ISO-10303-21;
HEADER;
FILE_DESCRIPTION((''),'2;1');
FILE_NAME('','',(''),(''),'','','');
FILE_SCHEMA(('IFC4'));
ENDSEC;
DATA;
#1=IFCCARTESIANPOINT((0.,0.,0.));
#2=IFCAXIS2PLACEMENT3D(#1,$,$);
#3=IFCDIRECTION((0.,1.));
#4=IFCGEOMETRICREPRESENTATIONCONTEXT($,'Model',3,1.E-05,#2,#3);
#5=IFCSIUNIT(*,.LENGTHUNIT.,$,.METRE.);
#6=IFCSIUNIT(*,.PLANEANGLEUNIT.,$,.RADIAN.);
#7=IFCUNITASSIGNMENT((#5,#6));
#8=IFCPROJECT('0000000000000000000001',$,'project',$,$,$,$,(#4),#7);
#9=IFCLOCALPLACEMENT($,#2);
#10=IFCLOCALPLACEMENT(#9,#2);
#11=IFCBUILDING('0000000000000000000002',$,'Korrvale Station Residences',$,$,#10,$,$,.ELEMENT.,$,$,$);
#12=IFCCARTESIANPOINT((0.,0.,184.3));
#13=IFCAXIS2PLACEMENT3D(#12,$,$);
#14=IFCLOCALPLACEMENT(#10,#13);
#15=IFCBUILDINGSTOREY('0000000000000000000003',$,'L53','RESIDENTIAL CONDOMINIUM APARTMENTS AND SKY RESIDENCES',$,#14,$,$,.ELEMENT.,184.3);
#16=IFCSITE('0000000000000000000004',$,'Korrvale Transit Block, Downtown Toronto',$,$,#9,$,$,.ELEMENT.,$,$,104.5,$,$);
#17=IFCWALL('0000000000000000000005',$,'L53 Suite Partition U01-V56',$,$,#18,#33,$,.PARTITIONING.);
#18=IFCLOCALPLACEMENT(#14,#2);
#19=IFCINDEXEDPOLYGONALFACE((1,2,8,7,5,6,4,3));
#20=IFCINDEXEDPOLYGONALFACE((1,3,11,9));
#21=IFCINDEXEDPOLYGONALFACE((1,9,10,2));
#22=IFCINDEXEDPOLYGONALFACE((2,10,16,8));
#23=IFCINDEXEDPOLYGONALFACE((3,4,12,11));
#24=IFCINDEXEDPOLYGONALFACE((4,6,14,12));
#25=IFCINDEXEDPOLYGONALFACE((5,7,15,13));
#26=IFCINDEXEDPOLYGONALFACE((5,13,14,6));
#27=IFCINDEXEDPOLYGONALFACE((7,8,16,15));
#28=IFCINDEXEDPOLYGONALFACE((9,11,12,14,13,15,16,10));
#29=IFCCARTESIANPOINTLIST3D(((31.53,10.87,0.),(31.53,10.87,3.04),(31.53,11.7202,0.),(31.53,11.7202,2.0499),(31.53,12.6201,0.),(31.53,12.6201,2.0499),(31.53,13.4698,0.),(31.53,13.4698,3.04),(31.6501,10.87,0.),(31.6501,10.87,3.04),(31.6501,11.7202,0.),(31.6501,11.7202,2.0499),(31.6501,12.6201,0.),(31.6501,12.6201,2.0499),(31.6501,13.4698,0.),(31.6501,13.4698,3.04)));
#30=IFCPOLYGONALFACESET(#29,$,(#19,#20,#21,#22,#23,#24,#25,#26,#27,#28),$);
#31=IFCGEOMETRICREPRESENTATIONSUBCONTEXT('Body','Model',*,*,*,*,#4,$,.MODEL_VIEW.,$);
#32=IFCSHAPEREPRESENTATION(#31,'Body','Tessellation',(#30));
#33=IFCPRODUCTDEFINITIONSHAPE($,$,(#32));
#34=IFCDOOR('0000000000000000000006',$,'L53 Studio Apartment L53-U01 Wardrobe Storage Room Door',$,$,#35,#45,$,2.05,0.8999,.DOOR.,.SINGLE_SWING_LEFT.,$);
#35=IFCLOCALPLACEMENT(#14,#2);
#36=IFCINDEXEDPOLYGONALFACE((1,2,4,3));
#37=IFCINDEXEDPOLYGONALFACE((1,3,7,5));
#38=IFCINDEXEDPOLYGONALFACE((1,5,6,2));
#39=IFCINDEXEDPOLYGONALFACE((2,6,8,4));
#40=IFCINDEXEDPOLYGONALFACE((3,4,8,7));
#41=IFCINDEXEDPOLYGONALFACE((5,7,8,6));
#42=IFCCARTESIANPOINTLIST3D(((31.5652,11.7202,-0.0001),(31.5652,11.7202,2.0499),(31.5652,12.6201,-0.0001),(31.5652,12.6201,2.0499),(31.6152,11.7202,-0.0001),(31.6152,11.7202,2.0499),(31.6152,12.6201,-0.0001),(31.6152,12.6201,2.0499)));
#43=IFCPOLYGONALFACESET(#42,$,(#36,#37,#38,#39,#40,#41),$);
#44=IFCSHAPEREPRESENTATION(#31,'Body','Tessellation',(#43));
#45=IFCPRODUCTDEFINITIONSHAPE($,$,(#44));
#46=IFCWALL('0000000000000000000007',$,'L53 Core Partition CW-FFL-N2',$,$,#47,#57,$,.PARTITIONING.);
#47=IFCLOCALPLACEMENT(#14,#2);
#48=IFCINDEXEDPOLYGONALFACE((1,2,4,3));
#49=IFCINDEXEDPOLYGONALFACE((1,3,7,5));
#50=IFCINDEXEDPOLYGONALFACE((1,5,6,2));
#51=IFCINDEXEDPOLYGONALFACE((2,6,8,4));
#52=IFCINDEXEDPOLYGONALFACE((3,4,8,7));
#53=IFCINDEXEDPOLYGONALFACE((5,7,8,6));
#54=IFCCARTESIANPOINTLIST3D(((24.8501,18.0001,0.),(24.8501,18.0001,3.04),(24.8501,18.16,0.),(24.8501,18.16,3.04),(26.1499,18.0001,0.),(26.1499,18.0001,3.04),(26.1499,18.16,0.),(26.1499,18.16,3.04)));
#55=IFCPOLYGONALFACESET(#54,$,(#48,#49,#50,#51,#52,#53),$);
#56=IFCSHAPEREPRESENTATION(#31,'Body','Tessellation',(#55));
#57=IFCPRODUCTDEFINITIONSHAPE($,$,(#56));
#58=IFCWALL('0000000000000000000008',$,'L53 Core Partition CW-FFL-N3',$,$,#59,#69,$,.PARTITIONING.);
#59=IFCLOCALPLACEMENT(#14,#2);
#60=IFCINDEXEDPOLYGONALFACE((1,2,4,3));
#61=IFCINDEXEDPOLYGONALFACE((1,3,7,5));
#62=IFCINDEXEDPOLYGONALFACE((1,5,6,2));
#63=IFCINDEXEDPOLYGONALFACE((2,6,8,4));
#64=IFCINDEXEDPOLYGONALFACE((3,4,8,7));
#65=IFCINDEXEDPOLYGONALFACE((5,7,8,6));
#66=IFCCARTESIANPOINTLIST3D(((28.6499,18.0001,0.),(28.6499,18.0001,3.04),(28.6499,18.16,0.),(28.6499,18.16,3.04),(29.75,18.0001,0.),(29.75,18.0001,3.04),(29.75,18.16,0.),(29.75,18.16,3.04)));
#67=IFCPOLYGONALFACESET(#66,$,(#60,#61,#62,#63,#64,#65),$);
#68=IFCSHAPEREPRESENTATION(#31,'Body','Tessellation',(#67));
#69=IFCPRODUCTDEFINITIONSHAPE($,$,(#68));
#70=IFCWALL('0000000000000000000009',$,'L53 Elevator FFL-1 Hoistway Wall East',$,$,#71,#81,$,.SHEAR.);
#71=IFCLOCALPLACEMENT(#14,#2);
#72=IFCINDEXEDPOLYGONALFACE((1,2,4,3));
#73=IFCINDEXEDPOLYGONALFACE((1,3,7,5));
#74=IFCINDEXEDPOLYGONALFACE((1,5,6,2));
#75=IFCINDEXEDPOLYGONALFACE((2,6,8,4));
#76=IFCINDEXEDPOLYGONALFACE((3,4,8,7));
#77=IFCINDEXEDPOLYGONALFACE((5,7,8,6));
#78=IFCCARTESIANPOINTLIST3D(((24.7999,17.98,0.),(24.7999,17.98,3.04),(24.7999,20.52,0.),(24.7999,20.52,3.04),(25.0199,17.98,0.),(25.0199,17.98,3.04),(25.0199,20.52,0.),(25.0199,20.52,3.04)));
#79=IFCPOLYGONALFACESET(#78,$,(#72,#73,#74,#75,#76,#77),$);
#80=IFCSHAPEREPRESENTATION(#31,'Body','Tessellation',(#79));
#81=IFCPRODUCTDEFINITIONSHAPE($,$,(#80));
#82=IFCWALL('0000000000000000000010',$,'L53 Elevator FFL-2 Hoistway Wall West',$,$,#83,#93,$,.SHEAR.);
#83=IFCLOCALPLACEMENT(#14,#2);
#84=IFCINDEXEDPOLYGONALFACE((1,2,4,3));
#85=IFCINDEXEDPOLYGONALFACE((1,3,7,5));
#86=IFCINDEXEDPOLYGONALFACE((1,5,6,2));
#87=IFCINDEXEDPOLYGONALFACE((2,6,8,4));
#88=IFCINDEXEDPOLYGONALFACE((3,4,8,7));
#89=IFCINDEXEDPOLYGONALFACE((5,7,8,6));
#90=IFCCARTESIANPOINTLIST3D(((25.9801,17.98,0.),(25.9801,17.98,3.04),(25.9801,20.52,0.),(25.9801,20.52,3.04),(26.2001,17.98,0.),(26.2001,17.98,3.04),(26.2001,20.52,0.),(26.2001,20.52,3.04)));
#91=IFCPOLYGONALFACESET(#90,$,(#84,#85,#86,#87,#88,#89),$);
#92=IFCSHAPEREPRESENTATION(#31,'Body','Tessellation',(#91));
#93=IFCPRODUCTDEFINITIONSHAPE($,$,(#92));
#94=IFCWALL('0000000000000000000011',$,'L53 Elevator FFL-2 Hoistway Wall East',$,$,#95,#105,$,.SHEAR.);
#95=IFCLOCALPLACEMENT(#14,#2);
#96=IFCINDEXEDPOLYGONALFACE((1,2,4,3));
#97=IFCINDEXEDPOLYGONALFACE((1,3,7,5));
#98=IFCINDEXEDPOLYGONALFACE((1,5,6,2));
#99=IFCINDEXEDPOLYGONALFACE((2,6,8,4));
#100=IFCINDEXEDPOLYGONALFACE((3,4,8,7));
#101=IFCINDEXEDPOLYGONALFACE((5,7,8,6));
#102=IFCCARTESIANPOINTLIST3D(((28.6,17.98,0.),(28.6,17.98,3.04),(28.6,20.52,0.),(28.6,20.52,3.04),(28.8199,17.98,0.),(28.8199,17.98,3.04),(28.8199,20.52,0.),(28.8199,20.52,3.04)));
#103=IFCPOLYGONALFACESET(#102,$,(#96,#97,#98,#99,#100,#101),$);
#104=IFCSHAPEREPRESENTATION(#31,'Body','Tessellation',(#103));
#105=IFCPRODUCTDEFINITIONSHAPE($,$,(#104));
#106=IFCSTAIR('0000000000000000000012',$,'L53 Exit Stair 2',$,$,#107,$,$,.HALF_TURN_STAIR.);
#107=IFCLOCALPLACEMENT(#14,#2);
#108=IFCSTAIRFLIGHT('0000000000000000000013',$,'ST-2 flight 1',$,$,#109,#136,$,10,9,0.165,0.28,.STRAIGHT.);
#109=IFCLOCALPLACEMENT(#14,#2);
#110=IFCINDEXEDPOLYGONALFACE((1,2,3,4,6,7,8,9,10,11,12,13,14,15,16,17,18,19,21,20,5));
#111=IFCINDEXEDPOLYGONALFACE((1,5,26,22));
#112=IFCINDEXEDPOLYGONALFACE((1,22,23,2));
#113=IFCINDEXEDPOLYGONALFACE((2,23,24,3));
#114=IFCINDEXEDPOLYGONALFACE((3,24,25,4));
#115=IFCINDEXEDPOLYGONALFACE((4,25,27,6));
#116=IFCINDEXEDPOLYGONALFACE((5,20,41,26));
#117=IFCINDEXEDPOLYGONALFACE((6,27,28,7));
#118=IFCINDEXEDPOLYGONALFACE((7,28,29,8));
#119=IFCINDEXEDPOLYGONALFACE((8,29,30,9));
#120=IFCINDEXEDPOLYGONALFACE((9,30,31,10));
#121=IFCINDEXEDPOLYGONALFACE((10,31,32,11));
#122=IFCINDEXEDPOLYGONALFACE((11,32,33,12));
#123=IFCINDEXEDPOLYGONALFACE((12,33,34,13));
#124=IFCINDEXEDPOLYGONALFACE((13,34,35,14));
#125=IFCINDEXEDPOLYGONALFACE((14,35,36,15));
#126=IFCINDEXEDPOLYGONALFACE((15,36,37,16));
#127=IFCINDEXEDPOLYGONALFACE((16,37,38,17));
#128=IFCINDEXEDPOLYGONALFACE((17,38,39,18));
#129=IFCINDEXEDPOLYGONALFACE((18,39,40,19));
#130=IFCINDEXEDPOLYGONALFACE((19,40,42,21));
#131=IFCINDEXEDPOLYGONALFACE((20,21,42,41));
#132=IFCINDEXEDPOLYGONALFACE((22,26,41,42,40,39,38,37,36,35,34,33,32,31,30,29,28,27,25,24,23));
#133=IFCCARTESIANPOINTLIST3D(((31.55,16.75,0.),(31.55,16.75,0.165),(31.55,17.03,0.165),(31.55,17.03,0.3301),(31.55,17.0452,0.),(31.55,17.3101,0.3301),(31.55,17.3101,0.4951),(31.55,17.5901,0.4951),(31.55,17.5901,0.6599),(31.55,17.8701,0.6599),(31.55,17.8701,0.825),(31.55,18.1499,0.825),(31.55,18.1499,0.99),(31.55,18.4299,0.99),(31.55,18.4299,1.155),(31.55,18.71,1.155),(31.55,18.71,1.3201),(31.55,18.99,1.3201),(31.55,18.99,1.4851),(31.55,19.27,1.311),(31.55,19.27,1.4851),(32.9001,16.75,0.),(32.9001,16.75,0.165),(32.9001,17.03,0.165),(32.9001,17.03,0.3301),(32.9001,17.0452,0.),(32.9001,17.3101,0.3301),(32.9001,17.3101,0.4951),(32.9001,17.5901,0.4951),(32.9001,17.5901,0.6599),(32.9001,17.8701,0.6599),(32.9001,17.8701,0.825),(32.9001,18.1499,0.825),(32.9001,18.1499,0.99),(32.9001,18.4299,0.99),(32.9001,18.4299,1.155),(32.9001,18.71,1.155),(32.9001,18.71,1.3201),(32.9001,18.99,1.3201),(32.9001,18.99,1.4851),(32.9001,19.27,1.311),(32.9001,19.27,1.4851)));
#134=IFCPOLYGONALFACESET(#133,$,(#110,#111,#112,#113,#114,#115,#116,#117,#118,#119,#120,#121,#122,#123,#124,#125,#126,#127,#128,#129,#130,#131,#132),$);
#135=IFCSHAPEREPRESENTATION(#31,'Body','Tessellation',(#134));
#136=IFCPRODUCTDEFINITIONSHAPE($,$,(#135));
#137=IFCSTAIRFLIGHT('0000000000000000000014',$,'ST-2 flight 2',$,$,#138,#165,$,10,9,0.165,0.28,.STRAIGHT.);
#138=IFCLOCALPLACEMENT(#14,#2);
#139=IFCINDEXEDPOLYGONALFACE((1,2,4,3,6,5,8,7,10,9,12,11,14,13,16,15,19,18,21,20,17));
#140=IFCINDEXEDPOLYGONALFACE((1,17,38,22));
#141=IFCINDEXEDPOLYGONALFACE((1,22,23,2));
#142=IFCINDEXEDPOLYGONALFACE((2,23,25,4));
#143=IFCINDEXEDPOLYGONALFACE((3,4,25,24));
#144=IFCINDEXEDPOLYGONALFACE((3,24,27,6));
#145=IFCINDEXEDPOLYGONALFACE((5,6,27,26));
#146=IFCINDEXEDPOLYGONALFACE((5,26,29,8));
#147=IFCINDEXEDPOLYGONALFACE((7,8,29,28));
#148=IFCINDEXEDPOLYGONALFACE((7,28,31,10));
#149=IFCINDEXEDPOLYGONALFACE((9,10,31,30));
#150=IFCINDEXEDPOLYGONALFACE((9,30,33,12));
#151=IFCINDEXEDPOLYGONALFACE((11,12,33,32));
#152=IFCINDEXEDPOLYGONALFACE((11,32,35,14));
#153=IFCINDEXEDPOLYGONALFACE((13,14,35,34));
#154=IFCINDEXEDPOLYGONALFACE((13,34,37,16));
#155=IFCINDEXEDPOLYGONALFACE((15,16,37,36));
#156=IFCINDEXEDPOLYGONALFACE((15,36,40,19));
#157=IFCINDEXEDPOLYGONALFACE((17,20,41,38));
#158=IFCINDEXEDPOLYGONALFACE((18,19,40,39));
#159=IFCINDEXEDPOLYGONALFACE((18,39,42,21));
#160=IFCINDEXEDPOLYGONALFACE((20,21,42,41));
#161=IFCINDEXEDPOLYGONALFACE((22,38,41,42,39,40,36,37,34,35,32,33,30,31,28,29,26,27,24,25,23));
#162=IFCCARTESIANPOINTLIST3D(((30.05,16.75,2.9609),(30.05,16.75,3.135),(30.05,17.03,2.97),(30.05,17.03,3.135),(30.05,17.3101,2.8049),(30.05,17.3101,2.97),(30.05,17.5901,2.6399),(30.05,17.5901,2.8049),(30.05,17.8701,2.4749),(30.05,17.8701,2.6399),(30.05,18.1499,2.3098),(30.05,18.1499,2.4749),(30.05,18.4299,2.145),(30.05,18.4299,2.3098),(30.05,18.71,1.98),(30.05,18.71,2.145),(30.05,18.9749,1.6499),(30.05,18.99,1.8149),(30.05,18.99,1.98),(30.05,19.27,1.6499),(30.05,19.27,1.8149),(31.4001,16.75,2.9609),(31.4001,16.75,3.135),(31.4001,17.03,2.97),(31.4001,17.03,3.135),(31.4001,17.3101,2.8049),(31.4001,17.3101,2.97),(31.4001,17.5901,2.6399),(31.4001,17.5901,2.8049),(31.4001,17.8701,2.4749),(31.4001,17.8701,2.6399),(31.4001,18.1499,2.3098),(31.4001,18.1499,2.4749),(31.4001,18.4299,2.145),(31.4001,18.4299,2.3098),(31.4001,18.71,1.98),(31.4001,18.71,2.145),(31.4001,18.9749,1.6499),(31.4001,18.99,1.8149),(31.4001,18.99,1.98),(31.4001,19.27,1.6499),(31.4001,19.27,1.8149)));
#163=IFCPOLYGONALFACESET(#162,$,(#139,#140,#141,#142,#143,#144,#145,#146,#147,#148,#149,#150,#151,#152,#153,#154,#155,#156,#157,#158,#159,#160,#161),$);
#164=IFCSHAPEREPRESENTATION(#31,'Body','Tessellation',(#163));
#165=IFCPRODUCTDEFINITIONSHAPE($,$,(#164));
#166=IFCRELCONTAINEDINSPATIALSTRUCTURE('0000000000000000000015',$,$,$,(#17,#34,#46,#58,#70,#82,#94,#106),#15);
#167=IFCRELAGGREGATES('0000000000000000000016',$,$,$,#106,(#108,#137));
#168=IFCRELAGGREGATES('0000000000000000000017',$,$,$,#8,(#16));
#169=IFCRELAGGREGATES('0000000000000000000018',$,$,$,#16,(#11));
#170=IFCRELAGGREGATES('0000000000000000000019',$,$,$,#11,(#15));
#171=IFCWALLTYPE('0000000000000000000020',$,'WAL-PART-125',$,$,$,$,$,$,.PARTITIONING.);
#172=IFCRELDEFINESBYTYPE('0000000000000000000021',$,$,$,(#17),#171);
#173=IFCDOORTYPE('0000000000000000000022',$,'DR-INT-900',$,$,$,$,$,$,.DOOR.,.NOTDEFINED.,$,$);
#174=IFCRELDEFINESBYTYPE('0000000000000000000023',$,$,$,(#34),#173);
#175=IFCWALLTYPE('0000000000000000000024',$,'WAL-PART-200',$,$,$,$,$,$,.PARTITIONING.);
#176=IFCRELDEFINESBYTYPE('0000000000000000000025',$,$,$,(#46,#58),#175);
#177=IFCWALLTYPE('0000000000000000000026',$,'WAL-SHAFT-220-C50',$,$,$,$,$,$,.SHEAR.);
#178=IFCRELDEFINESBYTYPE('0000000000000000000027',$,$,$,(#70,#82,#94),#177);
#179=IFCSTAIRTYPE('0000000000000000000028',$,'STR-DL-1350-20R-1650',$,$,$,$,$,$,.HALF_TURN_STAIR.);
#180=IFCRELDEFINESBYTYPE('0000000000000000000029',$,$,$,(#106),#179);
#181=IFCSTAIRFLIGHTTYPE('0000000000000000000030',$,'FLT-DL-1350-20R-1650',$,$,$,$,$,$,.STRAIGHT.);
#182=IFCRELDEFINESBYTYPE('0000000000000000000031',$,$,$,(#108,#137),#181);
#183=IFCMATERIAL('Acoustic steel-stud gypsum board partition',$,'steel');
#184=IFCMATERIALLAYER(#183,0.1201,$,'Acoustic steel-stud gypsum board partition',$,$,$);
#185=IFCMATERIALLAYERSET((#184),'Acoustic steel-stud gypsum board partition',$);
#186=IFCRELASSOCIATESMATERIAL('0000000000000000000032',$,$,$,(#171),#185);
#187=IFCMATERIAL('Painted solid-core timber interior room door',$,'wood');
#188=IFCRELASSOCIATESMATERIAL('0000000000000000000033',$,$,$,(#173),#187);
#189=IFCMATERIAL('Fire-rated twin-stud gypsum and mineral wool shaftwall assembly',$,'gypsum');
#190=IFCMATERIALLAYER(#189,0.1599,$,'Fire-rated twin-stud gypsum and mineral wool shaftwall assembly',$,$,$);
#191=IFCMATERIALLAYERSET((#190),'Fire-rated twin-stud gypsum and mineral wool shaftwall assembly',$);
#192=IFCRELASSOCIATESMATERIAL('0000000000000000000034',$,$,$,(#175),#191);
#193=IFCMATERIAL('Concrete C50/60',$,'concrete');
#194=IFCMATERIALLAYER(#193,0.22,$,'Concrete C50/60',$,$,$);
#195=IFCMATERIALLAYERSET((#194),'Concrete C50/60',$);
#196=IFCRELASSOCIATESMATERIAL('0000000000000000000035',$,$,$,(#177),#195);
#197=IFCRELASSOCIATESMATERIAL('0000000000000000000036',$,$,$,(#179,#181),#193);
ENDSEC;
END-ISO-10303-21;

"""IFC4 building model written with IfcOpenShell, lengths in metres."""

from ifc_helpers import new_model, si_unit, direction, frame, frame_2d, origin, place, context, subcontext, project, spatial, polyline, rectangle, outline, extrude, material, layer, layer_set, type_object, element, fill, aggregate, save


model = new_model("IFC4")

# Units and contexts
model_context = context("Model", 3, precision=1e-05, world=origin(), true_north=direction((0.0, 1.0)))
body_context = subcontext(model_context, "Body", "Model", "MODEL_VIEW")
ifc_project = project(units=[si_unit("LENGTHUNIT", "METRE"), si_unit("PLANEANGLEUNIT", "RADIAN")], contexts=[model_context])

# Site, building, storey
site_placement = place(None, origin())
site = spatial("IfcSite", under=ifc_project, at=site_placement, Name="Korrvale Transit Block, Downtown Toronto", CompositionType="ELEMENT", RefElevation=104.5)
building_placement = place(site_placement, origin())
building = spatial("IfcBuilding", under=site, at=building_placement, Name="Korrvale Station Residences", CompositionType="ELEMENT")
storey_placement = place(building_placement, frame((0.0, 0.0, 184.3)))
storey = spatial("IfcBuildingStorey", under=building, at=storey_placement, Name="L53", Description="RESIDENTIAL CONDOMINIUM APARTMENTS AND SKY RESIDENCES", CompositionType="ELEMENT", Elevation=184.3)

# Shared definitions
ifc_material_1 = material(Name="Concrete C50/60", Category="concrete")

# Wall, opening, door
ifc_material_2 = material(Name="Acoustic steel-stud gypsum board partition", Category="steel")
ifc_layer_1 = layer(ifc_material_2, 0.1201, Name="Acoustic steel-stud gypsum board partition")
ifc_layer_set_1 = layer_set([ifc_layer_1], Name="Acoustic steel-stud gypsum board partition")
wall_type_1 = type_object("IfcWallType", Name="WAL-PART-125", PredefinedType="PARTITIONING", material=ifc_layer_set_1)
ifc_material_3 = material(Name="Painted solid-core timber interior room door", Category="wood")
door_type_1 = type_object("IfcDoorType", Name="DR-INT-900", OperationType="NOTDEFINED", PredefinedType="DOOR", material=ifc_material_3)
wall_1_placement = place(storey_placement, frame((31.5901, 10.8701, 0.0), z_axis=(0.0, 0.0, 1.0), x_axis=(0.0, 1.0, 0.0)))
wall_1 = element("IfcWall", 1, at=wall_1_placement, inside=storey, type_object=wall_type_1, Name="L53 Suite Partition U01-V56", PredefinedType="PARTITIONING", context=body_context, shape_type="SweptSolid", body=[
    extrude(rectangle(XDim=2.5999, YDim=0.1201, at=frame_2d((1.2998, 0.0))), origin(), (0.0, 0.0, 1.0), 3.04),
])
opening_1_placement = place(wall_1_placement, frame((0.8501, 0.0, 0.0)))
opening_1 = element("IfcOpeningElement", 2, at=opening_1_placement, cuts=wall_1, PredefinedType="OPENING", context=body_context, shape_type="SweptSolid", body=[
    extrude(rectangle(XDim=0.8999, YDim=2.05, at=frame_2d((0.45, 1.0249))), frame((0.0, 0.0701, 0.0), z_axis=(0.0, -1.0, 0.0), x_axis=(1.0, 0.0, 0.0)), (0.0, 0.0, 1.0), 0.1401),
])
door_1_placement = place(opening_1_placement, origin())
door_1 = element("IfcDoor", 3, at=door_1_placement, inside=storey, type_object=door_type_1, Name="L53 Studio Apartment L53-U01 Wardrobe Storage Room Door", OperationType="SINGLE_SWING_LEFT", OverallHeight=2.05, OverallWidth=0.8999, PredefinedType="DOOR", context=body_context, shape_type="SweptSolid", body=[
    extrude(rectangle(XDim=0.8999, YDim=2.05, at=frame_2d((0.45, 1.0249))), frame((0.0, 0.0249, 0.0), z_axis=(0.0, -1.0, 0.0), x_axis=(1.0, 0.0, 0.0)), (0.0, 0.0, 1.0), 0.05),
])
fill(opening_1, door_1)

# Walls
ifc_material_4 = material(Name="Fire-rated twin-stud gypsum and mineral wool shaftwall assembly", Category="gypsum")
ifc_layer_2 = layer(ifc_material_4, 0.1599, Name="Fire-rated twin-stud gypsum and mineral wool shaftwall assembly")
ifc_layer_set_2 = layer_set([ifc_layer_2], Name="Fire-rated twin-stud gypsum and mineral wool shaftwall assembly")
wall_type_2 = type_object("IfcWallType", Name="WAL-PART-200", PredefinedType="PARTITIONING", material=ifc_layer_set_2)
wall_2_placement = place(storey_placement, frame((24.8501, 18.0801, 0.0), z_axis=(0.0, 0.0, 1.0), x_axis=(1.0, 0.0, 0.0)))
element("IfcWall", 4, at=wall_2_placement, inside=storey, type_object=wall_type_2, Name="L53 Core Partition CW-FFL-N2", PredefinedType="PARTITIONING", context=body_context, shape_type="SweptSolid", body=[
    extrude(rectangle(XDim=1.2998, YDim=0.1599, at=frame_2d((0.6499, 0.0))), origin(), (0.0, 0.0, 1.0), 3.04),
])
wall_3_placement = place(storey_placement, frame((28.6499, 18.0801, 0.0), z_axis=(0.0, 0.0, 1.0), x_axis=(1.0, 0.0, 0.0)))
element("IfcWall", 5, at=wall_3_placement, inside=storey, type_object=wall_type_2, Name="L53 Core Partition CW-FFL-N3", PredefinedType="PARTITIONING", context=body_context, shape_type="SweptSolid", body=[
    extrude(rectangle(XDim=1.1001, YDim=0.1599, at=frame_2d((0.55, 0.0))), origin(), (0.0, 0.0, 1.0), 3.04),
])
ifc_layer_3 = layer(ifc_material_1, 0.22, Name="Concrete C50/60")
ifc_layer_set_3 = layer_set([ifc_layer_3], Name="Concrete C50/60")
wall_type_3 = type_object("IfcWallType", Name="WAL-SHAFT-220-C50", PredefinedType="SHEAR", material=ifc_layer_set_3)
wall_4_placement = place(storey_placement, frame((24.9099, 17.98, 0.0), z_axis=(0.0, 0.0, 1.0), x_axis=(0.0, 1.0, 0.0)))
element("IfcWall", 6, at=wall_4_placement, inside=storey, type_object=wall_type_3, Name="L53 Elevator FFL-1 Hoistway Wall East", PredefinedType="SHEAR", context=body_context, shape_type="SweptSolid", body=[
    extrude(rectangle(XDim=2.54, YDim=0.22, at=frame_2d((1.27, 0.0))), origin(), (0.0, 0.0, 1.0), 3.04),
])

# Walls
for number, where, z_axis, x_axis, name in (
    (7, (26.0901, 17.98, 0.0), (0.0, 0.0, 1.0), (0.0, 1.0, 0.0), "L53 Elevator FFL-2 Hoistway Wall West"),
    (8, (28.71, 17.98, 0.0), (0.0, 0.0, 1.0), (0.0, 1.0, 0.0), "L53 Elevator FFL-2 Hoistway Wall East"),
):
    element("IfcWall", number, at=place(storey_placement, frame(where, z_axis=z_axis, x_axis=x_axis)), inside=storey, type_object=wall_type_3, Name=name, PredefinedType="SHEAR", context=body_context, shape_type="SweptSolid", body=[
        extrude(rectangle(XDim=2.54, YDim=0.22, at=frame_2d((1.27, 0.0))), origin(), (0.0, 0.0, 1.0), 3.04),
    ])

# Stair, stair flights
stair_type = type_object("IfcStairType", Name="STR-DL-1350-20R-1650", PredefinedType="HALF_TURN_STAIR", material=ifc_material_1)
stair_placement = place(storey_placement, origin())
stair = element("IfcStair", 9, at=stair_placement, inside=storey, type_object=stair_type, Name="L53 Exit Stair 2", PredefinedType="HALF_TURN_STAIR")
stair_flight_type = type_object("IfcStairFlightType", Name="FLT-DL-1350-20R-1650", PredefinedType="STRAIGHT", material=ifc_material_1)
stair_flight_1_placement = place(storey_placement, frame((32.2251, 16.75, 0.0), z_axis=(0.0, 0.0, 1.0), x_axis=(0.0, 1.0, 0.0)))
stair_flight_1 = element("IfcStairFlight", 10, at=stair_flight_1_placement, type_object=stair_flight_type, Name="ST-2 flight 1", NumberOfRisers=10, NumberOfTreads=9, PredefinedType="STRAIGHT", RiserHeight=0.165, TreadLength=0.28, context=body_context, shape_type="SweptSolid", body=[
    extrude(outline(polyline([(0.0, 0.0), (0.0, 0.165), (0.28, 0.165), (0.28, 0.3301), (0.5601, 0.3301), (0.5601, 0.4951), (0.8401, 0.4951), (0.8401, 0.6599), (1.1201, 0.6599), (1.1201, 0.825), (1.3999, 0.825), (1.3999, 0.99), (1.6799, 0.99), (1.6799, 1.155), (1.96, 1.155), (1.96, 1.3201), (2.24, 1.3201), (2.24, 1.4851), (2.52, 1.4851), (2.52, 1.6499), (2.52, 1.311), (0.2952, 0.0), (0.0, 0.0)])), frame((0.0, 0.675, 0.0), z_axis=(0.0, -1.0, 0.0), x_axis=(1.0, 0.0, 0.0)), (0.0, 0.0, 1.0), 1.3501),
])
stair_flight_2_placement = place(storey_placement, frame((30.7251, 19.27, 1.6499), z_axis=(0.0, 0.0, 1.0), x_axis=(0.0, -1.0, 0.0)))
stair_flight_2 = element("IfcStairFlight", 11, at=stair_flight_2_placement, type_object=stair_flight_type, Name="ST-2 flight 2", NumberOfRisers=10, NumberOfTreads=9, PredefinedType="STRAIGHT", RiserHeight=0.165, TreadLength=0.28, context=body_context, shape_type="SweptSolid", body=[
    extrude(outline(polyline([(0.0, 0.0), (0.0, 0.165), (0.28, 0.165), (0.28, 0.3301), (0.5601, 0.3301), (0.5601, 0.4951), (0.8401, 0.4951), (0.8401, 0.6599), (1.1201, 0.6599), (1.1201, 0.825), (1.3999, 0.825), (1.3999, 0.99), (1.6799, 0.99), (1.6799, 1.155), (1.96, 1.155), (1.96, 1.3201), (2.24, 1.3201), (2.24, 1.4851), (2.52, 1.4851), (2.52, 1.6499), (2.52, 1.311), (0.2952, 0.0), (0.0, 0.0)])), frame((0.0, 0.675, 0.0), z_axis=(0.0, -1.0, 0.0), x_axis=(1.0, 0.0, 0.0)), (0.0, 0.0, 1.0), 1.3501),
])
aggregate(stair, [stair_flight_1, stair_flight_2])

save(model, "model.ifc")
